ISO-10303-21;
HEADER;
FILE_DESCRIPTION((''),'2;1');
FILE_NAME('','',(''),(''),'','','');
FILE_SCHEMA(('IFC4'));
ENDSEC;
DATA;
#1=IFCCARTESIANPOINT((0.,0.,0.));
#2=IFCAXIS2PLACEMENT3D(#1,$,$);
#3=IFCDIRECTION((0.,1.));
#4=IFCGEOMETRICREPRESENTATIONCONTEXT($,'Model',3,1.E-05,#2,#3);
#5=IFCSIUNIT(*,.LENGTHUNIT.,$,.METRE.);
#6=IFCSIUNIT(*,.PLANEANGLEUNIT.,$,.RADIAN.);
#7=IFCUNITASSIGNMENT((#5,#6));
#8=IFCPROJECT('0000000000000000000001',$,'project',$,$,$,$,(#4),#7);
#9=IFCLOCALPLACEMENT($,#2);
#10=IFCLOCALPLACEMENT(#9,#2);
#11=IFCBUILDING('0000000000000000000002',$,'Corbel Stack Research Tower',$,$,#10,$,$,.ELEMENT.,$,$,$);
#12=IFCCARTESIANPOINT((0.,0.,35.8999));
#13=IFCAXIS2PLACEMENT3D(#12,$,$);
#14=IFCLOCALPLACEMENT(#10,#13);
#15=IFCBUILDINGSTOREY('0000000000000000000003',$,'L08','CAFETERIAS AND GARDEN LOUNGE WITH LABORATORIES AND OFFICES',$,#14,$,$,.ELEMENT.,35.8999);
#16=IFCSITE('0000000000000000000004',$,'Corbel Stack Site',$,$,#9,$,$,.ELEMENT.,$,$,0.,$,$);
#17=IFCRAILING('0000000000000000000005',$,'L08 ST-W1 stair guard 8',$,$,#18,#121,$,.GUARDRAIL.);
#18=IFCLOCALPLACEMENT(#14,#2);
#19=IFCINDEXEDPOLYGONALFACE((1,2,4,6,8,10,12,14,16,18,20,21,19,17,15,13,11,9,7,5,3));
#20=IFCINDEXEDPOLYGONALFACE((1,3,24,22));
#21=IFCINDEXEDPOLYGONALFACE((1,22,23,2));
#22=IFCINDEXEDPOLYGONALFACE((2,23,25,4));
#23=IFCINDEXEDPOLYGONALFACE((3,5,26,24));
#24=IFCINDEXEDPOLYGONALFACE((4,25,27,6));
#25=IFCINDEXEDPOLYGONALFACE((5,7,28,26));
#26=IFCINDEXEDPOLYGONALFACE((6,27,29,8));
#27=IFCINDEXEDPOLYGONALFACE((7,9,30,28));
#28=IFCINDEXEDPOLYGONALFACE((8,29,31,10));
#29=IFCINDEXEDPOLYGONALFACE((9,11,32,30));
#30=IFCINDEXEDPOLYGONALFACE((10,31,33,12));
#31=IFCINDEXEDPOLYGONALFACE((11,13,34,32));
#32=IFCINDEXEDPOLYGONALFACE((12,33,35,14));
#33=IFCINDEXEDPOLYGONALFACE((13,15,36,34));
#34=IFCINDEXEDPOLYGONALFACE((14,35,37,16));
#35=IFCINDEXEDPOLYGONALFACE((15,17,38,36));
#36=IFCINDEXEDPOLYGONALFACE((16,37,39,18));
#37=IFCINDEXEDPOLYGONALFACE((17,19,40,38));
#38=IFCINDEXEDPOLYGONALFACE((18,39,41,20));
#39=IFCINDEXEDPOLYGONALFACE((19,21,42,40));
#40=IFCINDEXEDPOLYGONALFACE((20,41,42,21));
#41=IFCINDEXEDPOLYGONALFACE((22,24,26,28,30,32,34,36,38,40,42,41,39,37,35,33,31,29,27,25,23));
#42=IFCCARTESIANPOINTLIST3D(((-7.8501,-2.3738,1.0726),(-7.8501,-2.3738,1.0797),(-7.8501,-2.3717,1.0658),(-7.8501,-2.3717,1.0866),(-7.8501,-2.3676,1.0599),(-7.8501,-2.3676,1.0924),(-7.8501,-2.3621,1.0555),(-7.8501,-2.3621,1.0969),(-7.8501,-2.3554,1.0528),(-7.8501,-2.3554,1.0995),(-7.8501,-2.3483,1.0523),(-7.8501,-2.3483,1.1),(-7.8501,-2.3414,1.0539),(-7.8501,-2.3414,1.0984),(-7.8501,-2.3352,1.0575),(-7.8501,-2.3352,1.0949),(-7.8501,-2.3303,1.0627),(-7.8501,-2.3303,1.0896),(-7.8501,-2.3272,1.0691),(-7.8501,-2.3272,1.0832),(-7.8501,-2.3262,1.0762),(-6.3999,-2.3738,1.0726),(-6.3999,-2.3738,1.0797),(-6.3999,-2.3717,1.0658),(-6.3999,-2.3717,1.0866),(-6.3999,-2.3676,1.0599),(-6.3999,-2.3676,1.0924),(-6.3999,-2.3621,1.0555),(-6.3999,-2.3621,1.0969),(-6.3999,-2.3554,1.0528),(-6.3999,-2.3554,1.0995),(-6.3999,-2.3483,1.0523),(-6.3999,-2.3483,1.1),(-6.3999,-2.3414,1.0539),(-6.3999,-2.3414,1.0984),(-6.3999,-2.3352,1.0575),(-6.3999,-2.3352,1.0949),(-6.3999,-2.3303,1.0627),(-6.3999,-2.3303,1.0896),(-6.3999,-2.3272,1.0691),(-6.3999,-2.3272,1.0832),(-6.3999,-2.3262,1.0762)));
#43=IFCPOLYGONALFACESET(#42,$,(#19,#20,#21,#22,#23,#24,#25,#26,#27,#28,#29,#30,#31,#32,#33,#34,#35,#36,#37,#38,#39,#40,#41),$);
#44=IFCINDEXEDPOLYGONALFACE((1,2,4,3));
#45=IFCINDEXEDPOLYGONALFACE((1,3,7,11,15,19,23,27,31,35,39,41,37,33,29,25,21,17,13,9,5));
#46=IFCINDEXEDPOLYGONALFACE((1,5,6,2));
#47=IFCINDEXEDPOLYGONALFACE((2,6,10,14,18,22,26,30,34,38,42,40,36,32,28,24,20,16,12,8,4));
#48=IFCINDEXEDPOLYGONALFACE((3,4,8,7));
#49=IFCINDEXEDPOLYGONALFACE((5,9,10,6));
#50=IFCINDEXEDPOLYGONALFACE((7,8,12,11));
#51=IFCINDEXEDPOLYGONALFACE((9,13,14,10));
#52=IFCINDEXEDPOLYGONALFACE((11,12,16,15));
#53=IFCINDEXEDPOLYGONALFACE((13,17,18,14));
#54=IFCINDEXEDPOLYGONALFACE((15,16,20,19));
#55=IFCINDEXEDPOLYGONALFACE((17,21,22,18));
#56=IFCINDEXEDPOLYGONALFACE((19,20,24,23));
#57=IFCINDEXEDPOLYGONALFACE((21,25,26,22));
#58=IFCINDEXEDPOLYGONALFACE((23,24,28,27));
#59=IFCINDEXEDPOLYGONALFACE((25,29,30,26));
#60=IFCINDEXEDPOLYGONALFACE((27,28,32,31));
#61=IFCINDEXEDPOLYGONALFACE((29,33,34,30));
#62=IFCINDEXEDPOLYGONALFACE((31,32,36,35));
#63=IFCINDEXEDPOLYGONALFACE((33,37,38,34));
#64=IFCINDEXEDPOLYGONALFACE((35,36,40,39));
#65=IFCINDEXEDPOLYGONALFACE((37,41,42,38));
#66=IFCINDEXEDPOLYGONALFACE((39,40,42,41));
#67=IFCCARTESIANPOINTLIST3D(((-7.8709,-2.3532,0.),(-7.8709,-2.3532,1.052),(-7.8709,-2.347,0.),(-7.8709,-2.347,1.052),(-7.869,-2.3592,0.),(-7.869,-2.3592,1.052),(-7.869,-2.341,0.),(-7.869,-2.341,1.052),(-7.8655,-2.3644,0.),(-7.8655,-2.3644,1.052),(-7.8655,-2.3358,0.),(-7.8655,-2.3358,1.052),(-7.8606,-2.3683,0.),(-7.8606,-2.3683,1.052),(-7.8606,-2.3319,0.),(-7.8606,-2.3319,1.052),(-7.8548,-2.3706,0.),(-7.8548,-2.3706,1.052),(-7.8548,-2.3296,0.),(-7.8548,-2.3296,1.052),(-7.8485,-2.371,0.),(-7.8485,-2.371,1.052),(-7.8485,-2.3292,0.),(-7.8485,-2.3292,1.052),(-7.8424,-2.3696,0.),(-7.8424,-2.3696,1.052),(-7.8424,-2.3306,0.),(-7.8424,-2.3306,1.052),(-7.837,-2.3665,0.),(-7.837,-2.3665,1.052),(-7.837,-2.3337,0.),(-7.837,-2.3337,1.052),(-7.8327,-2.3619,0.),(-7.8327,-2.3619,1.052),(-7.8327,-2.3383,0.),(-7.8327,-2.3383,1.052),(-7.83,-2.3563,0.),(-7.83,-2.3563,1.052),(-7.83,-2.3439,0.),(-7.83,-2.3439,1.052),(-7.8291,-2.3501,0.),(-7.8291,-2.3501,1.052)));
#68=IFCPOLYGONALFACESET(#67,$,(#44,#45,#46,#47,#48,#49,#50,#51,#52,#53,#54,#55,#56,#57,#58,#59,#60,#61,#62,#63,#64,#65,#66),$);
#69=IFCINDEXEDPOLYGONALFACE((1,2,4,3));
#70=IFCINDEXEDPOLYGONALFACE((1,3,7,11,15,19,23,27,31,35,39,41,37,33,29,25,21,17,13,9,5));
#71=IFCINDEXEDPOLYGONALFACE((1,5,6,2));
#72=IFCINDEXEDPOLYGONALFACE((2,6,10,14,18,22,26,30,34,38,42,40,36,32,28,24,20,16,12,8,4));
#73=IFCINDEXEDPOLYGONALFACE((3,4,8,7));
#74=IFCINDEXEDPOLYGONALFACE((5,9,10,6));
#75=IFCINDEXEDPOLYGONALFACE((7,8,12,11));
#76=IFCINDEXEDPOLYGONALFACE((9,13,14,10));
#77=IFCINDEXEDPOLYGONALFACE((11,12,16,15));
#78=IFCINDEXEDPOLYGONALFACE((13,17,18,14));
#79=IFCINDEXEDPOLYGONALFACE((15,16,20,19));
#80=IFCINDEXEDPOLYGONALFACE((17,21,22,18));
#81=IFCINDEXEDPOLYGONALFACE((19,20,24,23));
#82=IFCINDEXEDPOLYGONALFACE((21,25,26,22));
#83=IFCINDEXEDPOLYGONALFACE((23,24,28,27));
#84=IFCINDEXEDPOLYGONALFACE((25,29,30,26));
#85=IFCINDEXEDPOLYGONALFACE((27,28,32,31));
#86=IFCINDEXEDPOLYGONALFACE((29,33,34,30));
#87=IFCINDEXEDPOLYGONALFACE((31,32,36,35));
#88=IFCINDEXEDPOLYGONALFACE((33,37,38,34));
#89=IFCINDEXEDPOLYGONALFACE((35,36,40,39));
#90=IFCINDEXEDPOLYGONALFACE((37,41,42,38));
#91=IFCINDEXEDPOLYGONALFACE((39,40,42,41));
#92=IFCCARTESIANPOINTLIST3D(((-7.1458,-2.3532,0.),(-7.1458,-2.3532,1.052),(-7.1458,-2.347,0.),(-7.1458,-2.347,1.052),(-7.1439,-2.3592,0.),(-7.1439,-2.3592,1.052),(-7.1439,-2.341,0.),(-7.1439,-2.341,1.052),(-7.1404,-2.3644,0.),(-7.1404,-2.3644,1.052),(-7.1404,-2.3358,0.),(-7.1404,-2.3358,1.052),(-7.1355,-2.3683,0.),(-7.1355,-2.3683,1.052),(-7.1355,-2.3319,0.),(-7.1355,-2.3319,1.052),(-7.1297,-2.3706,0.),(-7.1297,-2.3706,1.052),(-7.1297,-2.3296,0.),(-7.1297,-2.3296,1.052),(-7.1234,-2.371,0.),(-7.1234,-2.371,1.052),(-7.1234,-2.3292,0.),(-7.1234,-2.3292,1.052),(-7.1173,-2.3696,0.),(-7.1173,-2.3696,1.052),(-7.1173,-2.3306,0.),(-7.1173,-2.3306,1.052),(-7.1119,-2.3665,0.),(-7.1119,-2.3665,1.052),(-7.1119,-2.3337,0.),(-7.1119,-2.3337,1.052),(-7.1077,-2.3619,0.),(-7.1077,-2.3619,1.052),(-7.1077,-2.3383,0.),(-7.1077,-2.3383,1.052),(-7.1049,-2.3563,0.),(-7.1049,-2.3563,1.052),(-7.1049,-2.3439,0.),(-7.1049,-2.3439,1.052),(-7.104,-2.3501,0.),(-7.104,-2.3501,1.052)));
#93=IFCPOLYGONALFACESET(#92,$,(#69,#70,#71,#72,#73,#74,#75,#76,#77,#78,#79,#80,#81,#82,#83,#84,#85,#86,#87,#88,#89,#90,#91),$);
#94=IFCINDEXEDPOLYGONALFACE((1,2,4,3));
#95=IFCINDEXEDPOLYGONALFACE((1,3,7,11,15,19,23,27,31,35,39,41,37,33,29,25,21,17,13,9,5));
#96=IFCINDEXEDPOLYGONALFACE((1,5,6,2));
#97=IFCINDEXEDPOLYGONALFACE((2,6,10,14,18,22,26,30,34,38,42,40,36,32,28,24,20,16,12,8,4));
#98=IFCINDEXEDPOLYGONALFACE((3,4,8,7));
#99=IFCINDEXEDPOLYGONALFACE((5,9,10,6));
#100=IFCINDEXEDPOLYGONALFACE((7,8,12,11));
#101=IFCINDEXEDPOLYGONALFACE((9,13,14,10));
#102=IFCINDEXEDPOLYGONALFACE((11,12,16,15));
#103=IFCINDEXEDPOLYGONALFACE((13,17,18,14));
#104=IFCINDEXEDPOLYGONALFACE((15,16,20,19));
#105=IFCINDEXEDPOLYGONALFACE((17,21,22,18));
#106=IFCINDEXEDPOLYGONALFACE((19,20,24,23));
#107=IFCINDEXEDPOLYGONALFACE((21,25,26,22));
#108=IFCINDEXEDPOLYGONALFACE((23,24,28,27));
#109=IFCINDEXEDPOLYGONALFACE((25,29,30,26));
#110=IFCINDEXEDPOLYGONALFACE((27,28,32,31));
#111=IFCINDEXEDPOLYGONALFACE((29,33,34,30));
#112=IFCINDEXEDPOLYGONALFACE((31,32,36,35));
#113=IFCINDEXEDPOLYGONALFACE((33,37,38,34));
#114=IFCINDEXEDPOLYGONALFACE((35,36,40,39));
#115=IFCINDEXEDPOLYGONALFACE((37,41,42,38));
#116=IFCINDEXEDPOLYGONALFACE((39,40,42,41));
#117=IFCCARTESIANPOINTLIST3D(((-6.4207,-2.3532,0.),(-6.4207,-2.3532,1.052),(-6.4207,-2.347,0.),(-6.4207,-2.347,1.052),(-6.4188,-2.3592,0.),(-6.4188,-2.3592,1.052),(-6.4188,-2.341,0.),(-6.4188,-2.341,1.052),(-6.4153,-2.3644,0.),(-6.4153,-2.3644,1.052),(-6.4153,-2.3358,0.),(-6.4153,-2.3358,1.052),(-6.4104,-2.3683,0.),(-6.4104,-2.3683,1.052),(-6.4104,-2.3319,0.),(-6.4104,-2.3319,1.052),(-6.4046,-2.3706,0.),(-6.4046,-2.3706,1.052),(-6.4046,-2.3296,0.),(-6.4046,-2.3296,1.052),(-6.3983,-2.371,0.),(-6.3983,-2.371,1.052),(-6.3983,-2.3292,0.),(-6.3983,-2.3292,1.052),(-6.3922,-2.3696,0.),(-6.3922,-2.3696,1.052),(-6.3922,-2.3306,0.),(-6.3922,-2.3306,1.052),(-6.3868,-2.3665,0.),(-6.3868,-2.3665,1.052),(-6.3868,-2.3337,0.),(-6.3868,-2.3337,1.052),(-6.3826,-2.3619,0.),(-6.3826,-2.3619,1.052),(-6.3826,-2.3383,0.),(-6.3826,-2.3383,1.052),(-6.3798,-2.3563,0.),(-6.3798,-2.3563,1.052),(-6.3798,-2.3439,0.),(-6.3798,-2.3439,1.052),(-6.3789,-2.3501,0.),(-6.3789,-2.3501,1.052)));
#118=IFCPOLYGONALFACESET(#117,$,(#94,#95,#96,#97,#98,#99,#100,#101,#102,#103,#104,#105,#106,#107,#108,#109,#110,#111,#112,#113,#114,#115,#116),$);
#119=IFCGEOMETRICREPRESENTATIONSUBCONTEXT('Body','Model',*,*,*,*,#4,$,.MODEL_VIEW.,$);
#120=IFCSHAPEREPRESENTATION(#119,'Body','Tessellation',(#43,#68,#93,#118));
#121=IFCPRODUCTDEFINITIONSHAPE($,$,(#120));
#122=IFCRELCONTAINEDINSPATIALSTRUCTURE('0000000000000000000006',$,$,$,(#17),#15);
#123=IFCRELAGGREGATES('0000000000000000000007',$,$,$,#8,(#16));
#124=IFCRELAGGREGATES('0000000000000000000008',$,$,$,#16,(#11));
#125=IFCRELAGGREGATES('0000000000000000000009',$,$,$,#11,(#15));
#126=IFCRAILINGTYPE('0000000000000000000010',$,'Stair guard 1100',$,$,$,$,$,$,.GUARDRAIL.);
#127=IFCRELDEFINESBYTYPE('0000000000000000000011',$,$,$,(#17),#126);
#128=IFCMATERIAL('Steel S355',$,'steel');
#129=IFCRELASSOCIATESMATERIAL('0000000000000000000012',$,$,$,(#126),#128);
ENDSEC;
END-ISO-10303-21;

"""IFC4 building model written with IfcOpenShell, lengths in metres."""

from ifc_helpers import new_model, si_unit, direction, frame, origin, origin_2d, place, context, subcontext, project, spatial, circle, extrude, material, type_object, element, save


model = new_model("IFC4")

# Units and contexts
model_context = context("Model", 3, precision=1e-05, world=origin(), true_north=direction((0.0, 1.0)))
body_context = subcontext(model_context, "Body", "Model", "MODEL_VIEW")
ifc_project = project(units=[si_unit("LENGTHUNIT", "METRE"), si_unit("PLANEANGLEUNIT", "RADIAN")], contexts=[model_context])

# Site, building, storey
site_placement = place(None, origin())
site = spatial("IfcSite", under=ifc_project, at=site_placement, Name="Corbel Stack Site", CompositionType="ELEMENT", RefElevation=0.0)
building_placement = place(site_placement, origin())
building = spatial("IfcBuilding", under=site, at=building_placement, Name="Corbel Stack Research Tower", CompositionType="ELEMENT")
storey_placement = place(building_placement, frame((0.0, 0.0, 35.8999)))
storey = spatial("IfcBuildingStorey", under=building, at=storey_placement, Name="L08", Description="CAFETERIAS AND GARDEN LOUNGE WITH LABORATORIES AND OFFICES", CompositionType="ELEMENT", Elevation=35.8999)

# Railing
ifc_material_1 = material(Name="Steel S355", Category="steel")
railing_type_1 = type_object("IfcRailingType", Name="Stair guard 1100", PredefinedType="GUARDRAIL", material=ifc_material_1)
railing_1_placement = place(storey_placement, frame((-7.8501, -2.3501, 0.0)))
element("IfcRailing", 1, at=railing_1_placement, inside=storey, type_object=railing_type_1, Name="L08 ST-W1 stair guard 8", PredefinedType="GUARDRAIL", context=body_context, shape_type="SweptSolid", body=[
    extrude(circle(Radius=0.0239, at=origin_2d()), frame((0.0, 0.0, 1.0762), z_axis=(1.0, 0.0, 0.0), x_axis=(0.0, 1.0, 0.0)), (0.0, 0.0, 1.0), 1.4502),
    extrude(circle(Radius=0.021, at=origin_2d()), origin(), (0.0, 0.0, 1.0), 1.052),
    extrude(circle(Radius=0.021, at=origin_2d()), frame((0.7251, 0.0, 0.0)), (0.0, 0.0, 1.0), 1.052),
    extrude(circle(Radius=0.021, at=origin_2d()), frame((1.4502, 0.0, 0.0)), (0.0, 0.0, 1.0), 1.052),
])

save(model, "model.ifc")
